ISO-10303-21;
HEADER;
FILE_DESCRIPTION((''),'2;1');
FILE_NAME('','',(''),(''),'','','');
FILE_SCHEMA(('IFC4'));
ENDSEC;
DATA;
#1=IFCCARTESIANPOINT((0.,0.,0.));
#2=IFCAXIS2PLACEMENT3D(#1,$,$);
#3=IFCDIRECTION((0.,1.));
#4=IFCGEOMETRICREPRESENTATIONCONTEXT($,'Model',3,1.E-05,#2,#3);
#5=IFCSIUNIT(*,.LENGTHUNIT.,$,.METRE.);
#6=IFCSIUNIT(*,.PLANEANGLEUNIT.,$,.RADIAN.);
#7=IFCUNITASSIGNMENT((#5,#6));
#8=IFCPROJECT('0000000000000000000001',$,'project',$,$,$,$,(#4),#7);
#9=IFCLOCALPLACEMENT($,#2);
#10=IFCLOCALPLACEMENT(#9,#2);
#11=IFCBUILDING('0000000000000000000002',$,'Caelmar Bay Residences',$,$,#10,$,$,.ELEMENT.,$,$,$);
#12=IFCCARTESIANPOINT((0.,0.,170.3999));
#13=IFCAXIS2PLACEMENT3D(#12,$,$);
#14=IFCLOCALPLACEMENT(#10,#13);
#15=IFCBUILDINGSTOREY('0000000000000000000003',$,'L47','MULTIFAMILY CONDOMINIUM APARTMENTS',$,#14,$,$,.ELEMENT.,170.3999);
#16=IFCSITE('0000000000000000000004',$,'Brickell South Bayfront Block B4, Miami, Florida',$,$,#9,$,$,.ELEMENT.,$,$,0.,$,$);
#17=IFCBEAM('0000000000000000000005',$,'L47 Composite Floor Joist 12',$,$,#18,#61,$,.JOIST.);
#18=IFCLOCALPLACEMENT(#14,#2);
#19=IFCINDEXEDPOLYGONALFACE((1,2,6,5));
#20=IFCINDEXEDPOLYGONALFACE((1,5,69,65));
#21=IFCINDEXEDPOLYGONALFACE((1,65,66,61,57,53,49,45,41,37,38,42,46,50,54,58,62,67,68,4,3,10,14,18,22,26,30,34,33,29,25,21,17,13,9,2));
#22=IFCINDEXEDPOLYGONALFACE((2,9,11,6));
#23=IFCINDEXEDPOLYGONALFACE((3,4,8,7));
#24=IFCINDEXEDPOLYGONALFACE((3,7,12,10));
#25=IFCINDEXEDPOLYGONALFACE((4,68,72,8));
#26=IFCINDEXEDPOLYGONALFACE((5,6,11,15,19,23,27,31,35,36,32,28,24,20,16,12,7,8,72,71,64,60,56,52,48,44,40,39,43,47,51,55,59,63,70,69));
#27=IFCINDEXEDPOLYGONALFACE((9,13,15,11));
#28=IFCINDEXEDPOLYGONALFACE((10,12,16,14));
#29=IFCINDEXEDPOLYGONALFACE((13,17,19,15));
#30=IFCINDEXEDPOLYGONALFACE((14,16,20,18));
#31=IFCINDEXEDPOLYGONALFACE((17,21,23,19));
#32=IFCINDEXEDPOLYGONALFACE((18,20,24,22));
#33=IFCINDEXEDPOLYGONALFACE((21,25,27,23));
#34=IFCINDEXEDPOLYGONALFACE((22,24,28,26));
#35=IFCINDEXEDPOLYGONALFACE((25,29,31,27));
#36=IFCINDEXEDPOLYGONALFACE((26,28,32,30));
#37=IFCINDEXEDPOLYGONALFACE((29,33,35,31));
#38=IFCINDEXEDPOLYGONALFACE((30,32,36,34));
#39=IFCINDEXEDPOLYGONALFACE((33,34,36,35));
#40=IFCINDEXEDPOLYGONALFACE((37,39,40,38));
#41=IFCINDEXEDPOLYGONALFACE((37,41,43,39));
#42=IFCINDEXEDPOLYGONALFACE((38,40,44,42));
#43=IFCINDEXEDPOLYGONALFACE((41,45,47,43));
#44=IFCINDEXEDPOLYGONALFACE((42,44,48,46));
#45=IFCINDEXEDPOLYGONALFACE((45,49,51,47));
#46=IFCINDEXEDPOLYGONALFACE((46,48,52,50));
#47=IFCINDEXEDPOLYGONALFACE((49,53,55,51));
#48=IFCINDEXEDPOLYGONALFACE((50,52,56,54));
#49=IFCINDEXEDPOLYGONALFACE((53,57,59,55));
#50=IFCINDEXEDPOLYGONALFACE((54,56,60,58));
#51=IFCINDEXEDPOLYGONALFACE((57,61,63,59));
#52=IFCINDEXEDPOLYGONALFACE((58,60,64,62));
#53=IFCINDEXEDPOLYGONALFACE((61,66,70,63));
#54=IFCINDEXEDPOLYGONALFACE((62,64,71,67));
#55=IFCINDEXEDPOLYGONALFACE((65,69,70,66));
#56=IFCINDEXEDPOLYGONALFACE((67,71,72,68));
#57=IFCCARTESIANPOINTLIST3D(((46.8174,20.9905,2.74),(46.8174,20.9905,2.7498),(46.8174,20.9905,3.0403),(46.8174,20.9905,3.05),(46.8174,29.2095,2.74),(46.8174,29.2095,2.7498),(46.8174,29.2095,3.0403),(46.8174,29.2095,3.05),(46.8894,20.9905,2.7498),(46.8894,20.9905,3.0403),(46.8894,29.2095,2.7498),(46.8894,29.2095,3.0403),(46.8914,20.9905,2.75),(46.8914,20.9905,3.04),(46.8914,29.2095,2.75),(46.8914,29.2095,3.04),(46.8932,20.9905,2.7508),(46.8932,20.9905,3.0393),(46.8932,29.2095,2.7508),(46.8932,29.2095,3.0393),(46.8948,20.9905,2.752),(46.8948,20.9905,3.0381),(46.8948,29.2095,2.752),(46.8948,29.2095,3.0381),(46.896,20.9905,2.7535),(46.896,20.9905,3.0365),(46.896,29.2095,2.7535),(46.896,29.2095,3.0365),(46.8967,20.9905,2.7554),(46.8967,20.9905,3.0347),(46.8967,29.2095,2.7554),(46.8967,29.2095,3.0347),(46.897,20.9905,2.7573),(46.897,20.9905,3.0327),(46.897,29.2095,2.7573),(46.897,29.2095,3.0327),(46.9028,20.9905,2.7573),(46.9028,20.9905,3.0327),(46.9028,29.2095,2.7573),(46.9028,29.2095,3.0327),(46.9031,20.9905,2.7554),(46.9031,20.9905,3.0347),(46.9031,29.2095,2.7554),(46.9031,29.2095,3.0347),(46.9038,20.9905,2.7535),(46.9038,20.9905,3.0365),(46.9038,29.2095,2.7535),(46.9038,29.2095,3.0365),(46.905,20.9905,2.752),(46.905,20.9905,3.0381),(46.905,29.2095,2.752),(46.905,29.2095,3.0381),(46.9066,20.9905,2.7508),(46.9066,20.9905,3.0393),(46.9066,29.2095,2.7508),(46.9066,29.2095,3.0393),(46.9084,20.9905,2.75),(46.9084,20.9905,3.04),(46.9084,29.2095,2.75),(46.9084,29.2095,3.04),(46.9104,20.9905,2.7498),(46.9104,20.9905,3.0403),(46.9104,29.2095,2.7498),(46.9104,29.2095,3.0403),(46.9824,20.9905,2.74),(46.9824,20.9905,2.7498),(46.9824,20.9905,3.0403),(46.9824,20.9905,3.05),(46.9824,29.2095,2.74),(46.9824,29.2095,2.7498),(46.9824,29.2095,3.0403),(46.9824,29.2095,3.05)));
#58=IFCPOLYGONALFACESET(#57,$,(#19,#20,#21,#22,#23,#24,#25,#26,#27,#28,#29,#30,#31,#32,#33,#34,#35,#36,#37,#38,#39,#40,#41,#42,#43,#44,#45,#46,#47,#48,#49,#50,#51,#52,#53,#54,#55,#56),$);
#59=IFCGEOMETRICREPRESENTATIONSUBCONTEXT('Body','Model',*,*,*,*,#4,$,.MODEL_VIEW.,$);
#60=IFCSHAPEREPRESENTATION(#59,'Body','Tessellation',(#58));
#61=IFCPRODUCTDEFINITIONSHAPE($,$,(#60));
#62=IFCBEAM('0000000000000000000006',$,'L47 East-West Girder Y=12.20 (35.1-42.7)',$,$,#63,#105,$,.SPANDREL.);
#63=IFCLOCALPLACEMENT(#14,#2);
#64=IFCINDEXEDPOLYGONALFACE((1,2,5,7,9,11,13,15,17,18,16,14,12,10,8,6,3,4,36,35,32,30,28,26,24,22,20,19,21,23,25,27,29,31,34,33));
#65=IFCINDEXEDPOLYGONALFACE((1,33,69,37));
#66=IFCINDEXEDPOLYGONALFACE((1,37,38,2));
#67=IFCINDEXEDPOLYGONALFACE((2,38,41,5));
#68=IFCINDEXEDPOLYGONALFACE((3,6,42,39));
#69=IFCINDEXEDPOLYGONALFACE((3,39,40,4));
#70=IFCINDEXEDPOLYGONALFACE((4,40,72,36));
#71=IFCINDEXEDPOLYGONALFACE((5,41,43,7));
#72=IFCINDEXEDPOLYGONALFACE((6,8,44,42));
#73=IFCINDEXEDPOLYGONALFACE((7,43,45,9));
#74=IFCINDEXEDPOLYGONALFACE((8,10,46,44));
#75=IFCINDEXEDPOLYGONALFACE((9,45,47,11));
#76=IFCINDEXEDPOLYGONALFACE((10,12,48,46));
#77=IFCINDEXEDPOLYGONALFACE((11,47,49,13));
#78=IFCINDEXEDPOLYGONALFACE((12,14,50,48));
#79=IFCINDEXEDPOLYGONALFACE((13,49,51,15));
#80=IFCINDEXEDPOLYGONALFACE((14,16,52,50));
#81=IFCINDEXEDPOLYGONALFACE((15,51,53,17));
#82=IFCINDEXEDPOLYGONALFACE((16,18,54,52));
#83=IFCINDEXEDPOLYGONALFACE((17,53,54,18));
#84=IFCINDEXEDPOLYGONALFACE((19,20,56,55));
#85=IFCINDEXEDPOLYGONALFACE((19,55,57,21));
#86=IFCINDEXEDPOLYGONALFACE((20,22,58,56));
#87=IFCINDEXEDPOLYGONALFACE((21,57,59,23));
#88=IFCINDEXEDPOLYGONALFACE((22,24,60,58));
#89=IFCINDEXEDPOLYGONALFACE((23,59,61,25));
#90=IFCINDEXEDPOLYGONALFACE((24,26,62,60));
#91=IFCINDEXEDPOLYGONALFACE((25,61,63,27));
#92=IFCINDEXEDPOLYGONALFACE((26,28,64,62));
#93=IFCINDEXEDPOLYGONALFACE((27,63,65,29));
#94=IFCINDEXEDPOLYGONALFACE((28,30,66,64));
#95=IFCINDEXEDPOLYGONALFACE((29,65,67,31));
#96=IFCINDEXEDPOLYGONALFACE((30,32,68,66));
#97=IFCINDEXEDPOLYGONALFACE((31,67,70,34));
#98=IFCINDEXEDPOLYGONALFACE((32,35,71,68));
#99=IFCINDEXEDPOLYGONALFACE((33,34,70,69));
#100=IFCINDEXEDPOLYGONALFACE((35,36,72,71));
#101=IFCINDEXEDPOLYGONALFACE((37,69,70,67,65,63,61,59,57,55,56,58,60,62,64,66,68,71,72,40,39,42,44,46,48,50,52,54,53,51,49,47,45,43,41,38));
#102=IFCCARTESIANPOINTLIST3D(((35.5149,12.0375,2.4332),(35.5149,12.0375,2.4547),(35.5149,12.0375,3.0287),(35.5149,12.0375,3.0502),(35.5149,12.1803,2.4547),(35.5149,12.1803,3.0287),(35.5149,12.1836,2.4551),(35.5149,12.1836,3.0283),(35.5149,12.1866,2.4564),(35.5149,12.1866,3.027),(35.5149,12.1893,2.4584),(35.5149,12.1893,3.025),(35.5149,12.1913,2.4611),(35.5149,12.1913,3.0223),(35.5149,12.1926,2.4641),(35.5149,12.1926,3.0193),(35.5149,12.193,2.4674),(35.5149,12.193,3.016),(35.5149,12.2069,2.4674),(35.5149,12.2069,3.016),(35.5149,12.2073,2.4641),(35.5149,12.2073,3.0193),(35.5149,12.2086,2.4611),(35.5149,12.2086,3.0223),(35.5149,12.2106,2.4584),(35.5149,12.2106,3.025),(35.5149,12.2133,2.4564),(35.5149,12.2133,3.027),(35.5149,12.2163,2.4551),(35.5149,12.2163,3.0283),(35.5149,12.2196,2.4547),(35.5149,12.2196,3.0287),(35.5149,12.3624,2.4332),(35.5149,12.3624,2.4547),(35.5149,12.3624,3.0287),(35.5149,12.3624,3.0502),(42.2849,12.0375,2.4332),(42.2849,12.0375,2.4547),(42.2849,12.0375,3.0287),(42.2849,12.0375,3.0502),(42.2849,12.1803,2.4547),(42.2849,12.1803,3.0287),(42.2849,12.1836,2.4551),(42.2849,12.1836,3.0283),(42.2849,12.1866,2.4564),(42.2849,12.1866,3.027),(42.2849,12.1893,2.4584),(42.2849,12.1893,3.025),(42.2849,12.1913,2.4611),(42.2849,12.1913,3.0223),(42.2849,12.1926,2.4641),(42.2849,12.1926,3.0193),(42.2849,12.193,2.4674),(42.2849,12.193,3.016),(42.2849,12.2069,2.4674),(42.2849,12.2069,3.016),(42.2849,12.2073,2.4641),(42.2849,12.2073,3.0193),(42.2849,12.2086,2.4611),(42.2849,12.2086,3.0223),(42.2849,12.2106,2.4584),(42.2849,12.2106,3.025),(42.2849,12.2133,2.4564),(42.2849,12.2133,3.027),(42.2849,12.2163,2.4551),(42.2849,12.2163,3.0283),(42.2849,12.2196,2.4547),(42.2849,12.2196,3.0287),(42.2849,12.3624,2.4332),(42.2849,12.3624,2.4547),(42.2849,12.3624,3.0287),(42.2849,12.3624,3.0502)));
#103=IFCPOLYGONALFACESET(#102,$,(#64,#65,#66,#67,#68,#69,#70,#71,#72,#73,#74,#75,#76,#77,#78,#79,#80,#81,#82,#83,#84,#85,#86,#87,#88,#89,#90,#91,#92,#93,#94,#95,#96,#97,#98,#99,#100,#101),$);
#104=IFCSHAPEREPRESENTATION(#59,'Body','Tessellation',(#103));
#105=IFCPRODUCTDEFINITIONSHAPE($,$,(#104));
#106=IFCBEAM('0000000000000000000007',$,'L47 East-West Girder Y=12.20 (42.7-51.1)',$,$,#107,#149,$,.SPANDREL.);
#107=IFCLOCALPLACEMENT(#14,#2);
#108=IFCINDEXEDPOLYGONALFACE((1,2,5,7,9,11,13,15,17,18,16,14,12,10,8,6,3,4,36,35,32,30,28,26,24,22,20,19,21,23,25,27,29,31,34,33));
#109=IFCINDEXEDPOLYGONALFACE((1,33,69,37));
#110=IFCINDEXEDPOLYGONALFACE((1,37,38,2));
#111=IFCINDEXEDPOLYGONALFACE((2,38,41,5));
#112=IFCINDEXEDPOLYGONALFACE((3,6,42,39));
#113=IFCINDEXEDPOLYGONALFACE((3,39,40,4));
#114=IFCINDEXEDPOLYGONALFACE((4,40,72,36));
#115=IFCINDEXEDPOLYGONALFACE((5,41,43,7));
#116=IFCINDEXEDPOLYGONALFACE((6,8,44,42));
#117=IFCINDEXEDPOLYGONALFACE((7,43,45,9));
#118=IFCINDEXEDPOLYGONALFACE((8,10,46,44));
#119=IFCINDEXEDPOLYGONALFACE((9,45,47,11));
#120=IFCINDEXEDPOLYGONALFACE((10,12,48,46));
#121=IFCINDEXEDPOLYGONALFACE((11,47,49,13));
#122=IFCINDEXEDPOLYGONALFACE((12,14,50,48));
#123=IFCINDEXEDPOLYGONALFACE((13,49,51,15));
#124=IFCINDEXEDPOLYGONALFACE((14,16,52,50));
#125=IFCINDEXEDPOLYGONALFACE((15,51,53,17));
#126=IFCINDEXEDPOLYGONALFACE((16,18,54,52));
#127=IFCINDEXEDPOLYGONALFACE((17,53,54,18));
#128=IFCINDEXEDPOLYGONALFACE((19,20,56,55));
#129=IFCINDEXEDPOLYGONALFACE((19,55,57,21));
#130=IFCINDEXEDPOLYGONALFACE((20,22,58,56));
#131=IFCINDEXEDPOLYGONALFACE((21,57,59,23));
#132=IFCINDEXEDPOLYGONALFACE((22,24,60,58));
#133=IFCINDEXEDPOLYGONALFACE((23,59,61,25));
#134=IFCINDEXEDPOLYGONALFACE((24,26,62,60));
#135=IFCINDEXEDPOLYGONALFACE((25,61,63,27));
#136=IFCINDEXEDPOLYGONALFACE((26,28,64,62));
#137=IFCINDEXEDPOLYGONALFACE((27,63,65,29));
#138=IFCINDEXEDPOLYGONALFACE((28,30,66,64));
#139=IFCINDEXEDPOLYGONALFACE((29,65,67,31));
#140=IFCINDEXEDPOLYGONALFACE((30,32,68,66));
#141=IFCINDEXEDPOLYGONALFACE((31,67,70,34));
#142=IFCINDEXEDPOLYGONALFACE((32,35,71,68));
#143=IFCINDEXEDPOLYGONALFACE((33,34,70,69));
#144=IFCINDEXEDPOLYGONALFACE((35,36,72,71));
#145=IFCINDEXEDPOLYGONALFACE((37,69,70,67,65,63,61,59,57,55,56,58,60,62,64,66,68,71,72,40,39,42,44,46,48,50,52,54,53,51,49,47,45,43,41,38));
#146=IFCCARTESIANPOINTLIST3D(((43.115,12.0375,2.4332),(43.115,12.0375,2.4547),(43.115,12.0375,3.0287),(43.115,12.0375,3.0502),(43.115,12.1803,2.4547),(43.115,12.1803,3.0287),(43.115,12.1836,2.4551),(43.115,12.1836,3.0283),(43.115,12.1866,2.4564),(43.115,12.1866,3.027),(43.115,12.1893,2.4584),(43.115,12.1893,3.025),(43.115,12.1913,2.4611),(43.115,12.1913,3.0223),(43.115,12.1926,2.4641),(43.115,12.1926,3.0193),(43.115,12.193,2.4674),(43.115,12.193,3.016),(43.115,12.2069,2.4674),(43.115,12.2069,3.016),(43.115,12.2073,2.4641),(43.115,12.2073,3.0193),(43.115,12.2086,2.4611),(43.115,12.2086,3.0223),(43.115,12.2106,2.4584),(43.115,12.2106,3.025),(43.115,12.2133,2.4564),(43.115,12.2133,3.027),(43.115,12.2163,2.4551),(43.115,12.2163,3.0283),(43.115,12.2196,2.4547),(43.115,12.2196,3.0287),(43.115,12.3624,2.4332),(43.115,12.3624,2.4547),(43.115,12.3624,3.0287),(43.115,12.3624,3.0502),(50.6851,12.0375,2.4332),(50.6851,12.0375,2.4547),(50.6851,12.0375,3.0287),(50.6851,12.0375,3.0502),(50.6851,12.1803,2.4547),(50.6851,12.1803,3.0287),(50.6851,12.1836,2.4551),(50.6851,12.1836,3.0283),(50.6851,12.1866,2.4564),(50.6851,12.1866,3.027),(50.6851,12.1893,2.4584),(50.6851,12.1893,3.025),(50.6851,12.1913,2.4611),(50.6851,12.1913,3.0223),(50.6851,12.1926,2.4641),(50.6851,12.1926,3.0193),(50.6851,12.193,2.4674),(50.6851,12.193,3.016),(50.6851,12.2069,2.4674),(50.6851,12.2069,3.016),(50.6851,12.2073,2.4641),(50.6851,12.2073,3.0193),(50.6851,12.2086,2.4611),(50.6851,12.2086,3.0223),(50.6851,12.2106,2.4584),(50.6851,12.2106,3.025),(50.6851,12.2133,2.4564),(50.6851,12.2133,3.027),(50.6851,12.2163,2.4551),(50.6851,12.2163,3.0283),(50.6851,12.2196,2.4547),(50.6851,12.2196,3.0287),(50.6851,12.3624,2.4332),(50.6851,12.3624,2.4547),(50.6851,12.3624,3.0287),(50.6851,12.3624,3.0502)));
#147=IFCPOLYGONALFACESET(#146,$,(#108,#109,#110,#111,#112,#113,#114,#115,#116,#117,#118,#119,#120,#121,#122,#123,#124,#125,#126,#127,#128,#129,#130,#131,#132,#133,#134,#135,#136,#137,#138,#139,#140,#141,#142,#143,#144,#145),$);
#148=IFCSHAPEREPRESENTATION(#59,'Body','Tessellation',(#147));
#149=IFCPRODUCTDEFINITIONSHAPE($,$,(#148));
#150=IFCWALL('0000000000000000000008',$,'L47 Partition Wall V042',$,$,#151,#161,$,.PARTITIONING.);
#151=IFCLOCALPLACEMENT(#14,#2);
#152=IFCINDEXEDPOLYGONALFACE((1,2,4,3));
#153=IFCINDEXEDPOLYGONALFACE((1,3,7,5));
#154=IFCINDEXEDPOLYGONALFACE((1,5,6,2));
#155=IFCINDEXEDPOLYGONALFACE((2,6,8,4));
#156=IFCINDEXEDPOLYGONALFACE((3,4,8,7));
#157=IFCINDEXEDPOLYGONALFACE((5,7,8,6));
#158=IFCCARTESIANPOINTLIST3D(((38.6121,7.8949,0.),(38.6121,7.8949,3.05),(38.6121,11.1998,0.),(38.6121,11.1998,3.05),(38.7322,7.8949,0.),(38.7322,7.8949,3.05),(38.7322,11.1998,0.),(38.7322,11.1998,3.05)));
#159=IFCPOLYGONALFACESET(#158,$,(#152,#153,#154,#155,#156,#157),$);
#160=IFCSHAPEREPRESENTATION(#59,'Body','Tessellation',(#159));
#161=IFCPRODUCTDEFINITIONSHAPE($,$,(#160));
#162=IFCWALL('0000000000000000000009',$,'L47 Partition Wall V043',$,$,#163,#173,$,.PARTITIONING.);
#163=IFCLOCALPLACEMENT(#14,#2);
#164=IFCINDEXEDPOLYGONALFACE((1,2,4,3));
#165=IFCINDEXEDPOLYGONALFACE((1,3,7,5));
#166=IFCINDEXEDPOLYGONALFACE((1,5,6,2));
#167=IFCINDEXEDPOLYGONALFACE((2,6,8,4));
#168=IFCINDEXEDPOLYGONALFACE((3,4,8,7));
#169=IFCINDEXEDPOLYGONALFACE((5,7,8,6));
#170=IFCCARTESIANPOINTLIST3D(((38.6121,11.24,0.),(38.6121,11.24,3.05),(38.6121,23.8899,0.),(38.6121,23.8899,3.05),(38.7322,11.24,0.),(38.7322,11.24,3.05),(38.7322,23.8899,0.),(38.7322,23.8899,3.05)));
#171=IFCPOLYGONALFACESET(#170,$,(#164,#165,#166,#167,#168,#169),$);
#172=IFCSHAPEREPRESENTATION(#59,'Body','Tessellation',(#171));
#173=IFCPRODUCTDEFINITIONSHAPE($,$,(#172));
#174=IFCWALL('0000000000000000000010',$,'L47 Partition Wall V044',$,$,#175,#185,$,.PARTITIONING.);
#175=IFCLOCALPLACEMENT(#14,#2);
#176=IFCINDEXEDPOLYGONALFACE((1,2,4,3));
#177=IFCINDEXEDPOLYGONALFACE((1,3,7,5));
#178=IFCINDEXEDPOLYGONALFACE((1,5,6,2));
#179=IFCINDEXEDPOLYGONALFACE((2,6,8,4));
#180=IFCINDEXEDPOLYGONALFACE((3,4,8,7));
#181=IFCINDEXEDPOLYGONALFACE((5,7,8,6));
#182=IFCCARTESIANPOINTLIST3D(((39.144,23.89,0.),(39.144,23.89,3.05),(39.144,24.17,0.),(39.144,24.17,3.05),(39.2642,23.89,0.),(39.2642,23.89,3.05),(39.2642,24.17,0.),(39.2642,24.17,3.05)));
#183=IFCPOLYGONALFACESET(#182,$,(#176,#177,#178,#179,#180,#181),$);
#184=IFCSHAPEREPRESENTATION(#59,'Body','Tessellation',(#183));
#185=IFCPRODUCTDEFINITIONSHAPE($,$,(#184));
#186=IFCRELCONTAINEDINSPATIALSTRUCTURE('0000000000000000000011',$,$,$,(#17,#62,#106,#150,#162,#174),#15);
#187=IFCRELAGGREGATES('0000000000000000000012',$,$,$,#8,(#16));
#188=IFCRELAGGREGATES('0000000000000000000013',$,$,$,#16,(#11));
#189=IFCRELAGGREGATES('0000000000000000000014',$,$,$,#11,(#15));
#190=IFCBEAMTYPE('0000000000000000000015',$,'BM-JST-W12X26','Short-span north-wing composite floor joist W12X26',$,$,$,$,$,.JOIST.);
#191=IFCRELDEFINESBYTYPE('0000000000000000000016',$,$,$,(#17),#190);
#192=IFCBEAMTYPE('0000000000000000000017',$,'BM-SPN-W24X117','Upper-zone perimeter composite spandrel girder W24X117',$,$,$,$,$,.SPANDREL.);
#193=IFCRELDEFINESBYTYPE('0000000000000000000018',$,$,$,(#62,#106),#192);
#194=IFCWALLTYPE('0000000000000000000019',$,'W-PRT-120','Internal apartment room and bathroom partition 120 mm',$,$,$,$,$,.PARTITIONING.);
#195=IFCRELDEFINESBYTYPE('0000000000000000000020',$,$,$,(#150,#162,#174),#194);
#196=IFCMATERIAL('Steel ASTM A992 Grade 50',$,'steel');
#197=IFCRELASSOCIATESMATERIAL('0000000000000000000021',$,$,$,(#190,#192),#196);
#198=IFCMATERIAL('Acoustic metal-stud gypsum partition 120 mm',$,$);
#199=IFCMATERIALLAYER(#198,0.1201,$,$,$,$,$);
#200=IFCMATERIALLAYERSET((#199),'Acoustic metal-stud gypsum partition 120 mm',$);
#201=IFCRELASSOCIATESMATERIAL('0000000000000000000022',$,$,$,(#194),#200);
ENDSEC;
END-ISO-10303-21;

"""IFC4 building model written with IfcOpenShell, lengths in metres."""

from ifc_helpers import new_model, si_unit, direction, frame, frame_2d, origin, origin_2d, place, context, subcontext, project, spatial, rectangle, i_section, extrude, material, layer, layer_set, material_profile, profile_set, type_object, element, save


model = new_model("IFC4")

# Units and contexts
model_context = context("Model", 3, precision=1e-05, world=origin(), true_north=direction((0.0, 1.0)))
body_context = subcontext(model_context, "Body", "Model", "MODEL_VIEW")
ifc_project = project(units=[si_unit("LENGTHUNIT", "METRE"), si_unit("PLANEANGLEUNIT", "RADIAN")], contexts=[model_context])

# Site, building, storey
site_placement = place(None, origin())
site = spatial("IfcSite", under=ifc_project, at=site_placement, Name="Brickell South Bayfront Block B4, Miami, Florida", CompositionType="ELEMENT", RefElevation=0.0)
building_placement = place(site_placement, origin())
building = spatial("IfcBuilding", under=site, at=building_placement, Name="Caelmar Bay Residences", CompositionType="ELEMENT")
storey_placement = place(building_placement, frame((0.0, 0.0, 170.3999)))
storey = spatial("IfcBuildingStorey", under=building, at=storey_placement, Name="L47", Description="MULTIFAMILY CONDOMINIUM APARTMENTS", CompositionType="ELEMENT", Elevation=170.3999)

# Beams
ifc_material_1 = material(Name="Steel ASTM A992 Grade 50", Category="steel")
ifc_material_profile_1 = material_profile(ifc_material_1, i_section(OverallWidth=0.165, OverallDepth=0.3101, WebThickness=0.0059, FlangeThickness=0.0098, FilletRadius=0.0076, at=origin_2d()), Name="W12X26")
ifc_profile_set_1 = profile_set([ifc_material_profile_1], Name="Steel ASTM A992 Grade 50")
beam_type_1 = type_object("IfcBeamType", Name="BM-JST-W12X26", Description="Short-span north-wing composite floor joist W12X26", PredefinedType="JOIST", material=ifc_profile_set_1)
for number, where, z_axis, x_axis, name in (
    (1, (46.8999, 20.9905, 2.895), (0.0, 1.0, 0.0), (-1.0, 0.0, 0.0), "L47 Composite Floor Joist 12"),
):
    element("IfcBeam", number, at=place(storey_placement, frame(where, z_axis=z_axis, x_axis=x_axis)), inside=storey, type_object=beam_type_1, Name=name, PredefinedType="JOIST", context=body_context, shape_type="SweptSolid", body=[
        extrude(i_section(OverallWidth=0.165, OverallDepth=0.3101, WebThickness=0.0059, FlangeThickness=0.0098, FilletRadius=0.0076, at=origin_2d()), origin(), (0.0, 0.0, 1.0), 8.219),
    ])
ifc_material_profile_2 = material_profile(ifc_material_1, i_section(OverallWidth=0.325, OverallDepth=0.6169, WebThickness=0.0139, FlangeThickness=0.0215, FilletRadius=0.0127, at=origin_2d()), Name="W24X117")
ifc_profile_set_2 = profile_set([ifc_material_profile_2], Name="Steel ASTM A992 Grade 50")
beam_type_2 = type_object("IfcBeamType", Name="BM-SPN-W24X117", Description="Upper-zone perimeter composite spandrel girder W24X117", PredefinedType="SPANDREL", material=ifc_profile_set_2)
beam_1_placement = place(storey_placement, frame((35.5149, 12.2, 2.7417), z_axis=(1.0, 0.0, 0.0), x_axis=(0.0, 1.0, 0.0)))
element("IfcBeam", 2, at=beam_1_placement, inside=storey, type_object=beam_type_2, Name="L47 East-West Girder Y=12.20 (35.1-42.7)", PredefinedType="SPANDREL", context=body_context, shape_type="SweptSolid", body=[
    extrude(i_section(OverallWidth=0.325, OverallDepth=0.6169, WebThickness=0.0139, FlangeThickness=0.0215, FilletRadius=0.0127, at=origin_2d()), origin(), (0.0, 0.0, 1.0), 6.77),
])
beam_2_placement = place(storey_placement, frame((43.115, 12.2, 2.7417), z_axis=(1.0, 0.0, 0.0), x_axis=(0.0, 1.0, 0.0)))
element("IfcBeam", 3, at=beam_2_placement, inside=storey, type_object=beam_type_2, Name="L47 East-West Girder Y=12.20 (42.7-51.1)", PredefinedType="SPANDREL", context=body_context, shape_type="SweptSolid", body=[
    extrude(i_section(OverallWidth=0.325, OverallDepth=0.6169, WebThickness=0.0139, FlangeThickness=0.0215, FilletRadius=0.0127, at=origin_2d()), origin(), (0.0, 0.0, 1.0), 7.5701),
])

# Walls
ifc_material_2 = material(Name="Acoustic metal-stud gypsum partition 120 mm")
ifc_layer_1 = layer(ifc_material_2, 0.1201)
ifc_layer_set_1 = layer_set([ifc_layer_1], Name="Acoustic metal-stud gypsum partition 120 mm")
wall_type_1 = type_object("IfcWallType", Name="W-PRT-120", Description="Internal apartment room and bathroom partition 120 mm", PredefinedType="PARTITIONING", material=ifc_layer_set_1)
wall_1_placement = place(storey_placement, frame((38.6721, 7.895, 0.0), z_axis=(0.0, 0.0, 1.0), x_axis=(0.0, 1.0, 0.0)))
element("IfcWall", 4, at=wall_1_placement, inside=storey, type_object=wall_type_1, Name="L47 Partition Wall V042", PredefinedType="PARTITIONING", context=body_context, shape_type="SweptSolid", body=[
    extrude(rectangle(XDim=3.3049, YDim=0.1201, at=frame_2d((1.6523, 0.0))), origin(), (0.0, 0.0, 1.0), 3.05),
])
wall_2_placement = place(storey_placement, frame((38.6721, 11.24, 0.0), z_axis=(0.0, 0.0, 1.0), x_axis=(0.0, 1.0, 0.0)))
element("IfcWall", 5, at=wall_2_placement, inside=storey, type_object=wall_type_1, Name="L47 Partition Wall V043", PredefinedType="PARTITIONING", context=body_context, shape_type="SweptSolid", body=[
    extrude(rectangle(XDim=12.6499, YDim=0.1201, at=frame_2d((6.325, 0.0))), origin(), (0.0, 0.0, 1.0), 3.05),
])
wall_3_placement = place(storey_placement, frame((39.2041, 23.8899, 0.0), z_axis=(0.0, 0.0, 1.0), x_axis=(0.0, 1.0, 0.0)))
element("IfcWall", 6, at=wall_3_placement, inside=storey, type_object=wall_type_1, Name="L47 Partition Wall V044", PredefinedType="PARTITIONING", context=body_context, shape_type="SweptSolid", body=[
    extrude(rectangle(XDim=0.28, YDim=0.1201, at=frame_2d((0.1401, 0.0))), origin(), (0.0, 0.0, 1.0), 3.05),
])

save(model, "model.ifc")
